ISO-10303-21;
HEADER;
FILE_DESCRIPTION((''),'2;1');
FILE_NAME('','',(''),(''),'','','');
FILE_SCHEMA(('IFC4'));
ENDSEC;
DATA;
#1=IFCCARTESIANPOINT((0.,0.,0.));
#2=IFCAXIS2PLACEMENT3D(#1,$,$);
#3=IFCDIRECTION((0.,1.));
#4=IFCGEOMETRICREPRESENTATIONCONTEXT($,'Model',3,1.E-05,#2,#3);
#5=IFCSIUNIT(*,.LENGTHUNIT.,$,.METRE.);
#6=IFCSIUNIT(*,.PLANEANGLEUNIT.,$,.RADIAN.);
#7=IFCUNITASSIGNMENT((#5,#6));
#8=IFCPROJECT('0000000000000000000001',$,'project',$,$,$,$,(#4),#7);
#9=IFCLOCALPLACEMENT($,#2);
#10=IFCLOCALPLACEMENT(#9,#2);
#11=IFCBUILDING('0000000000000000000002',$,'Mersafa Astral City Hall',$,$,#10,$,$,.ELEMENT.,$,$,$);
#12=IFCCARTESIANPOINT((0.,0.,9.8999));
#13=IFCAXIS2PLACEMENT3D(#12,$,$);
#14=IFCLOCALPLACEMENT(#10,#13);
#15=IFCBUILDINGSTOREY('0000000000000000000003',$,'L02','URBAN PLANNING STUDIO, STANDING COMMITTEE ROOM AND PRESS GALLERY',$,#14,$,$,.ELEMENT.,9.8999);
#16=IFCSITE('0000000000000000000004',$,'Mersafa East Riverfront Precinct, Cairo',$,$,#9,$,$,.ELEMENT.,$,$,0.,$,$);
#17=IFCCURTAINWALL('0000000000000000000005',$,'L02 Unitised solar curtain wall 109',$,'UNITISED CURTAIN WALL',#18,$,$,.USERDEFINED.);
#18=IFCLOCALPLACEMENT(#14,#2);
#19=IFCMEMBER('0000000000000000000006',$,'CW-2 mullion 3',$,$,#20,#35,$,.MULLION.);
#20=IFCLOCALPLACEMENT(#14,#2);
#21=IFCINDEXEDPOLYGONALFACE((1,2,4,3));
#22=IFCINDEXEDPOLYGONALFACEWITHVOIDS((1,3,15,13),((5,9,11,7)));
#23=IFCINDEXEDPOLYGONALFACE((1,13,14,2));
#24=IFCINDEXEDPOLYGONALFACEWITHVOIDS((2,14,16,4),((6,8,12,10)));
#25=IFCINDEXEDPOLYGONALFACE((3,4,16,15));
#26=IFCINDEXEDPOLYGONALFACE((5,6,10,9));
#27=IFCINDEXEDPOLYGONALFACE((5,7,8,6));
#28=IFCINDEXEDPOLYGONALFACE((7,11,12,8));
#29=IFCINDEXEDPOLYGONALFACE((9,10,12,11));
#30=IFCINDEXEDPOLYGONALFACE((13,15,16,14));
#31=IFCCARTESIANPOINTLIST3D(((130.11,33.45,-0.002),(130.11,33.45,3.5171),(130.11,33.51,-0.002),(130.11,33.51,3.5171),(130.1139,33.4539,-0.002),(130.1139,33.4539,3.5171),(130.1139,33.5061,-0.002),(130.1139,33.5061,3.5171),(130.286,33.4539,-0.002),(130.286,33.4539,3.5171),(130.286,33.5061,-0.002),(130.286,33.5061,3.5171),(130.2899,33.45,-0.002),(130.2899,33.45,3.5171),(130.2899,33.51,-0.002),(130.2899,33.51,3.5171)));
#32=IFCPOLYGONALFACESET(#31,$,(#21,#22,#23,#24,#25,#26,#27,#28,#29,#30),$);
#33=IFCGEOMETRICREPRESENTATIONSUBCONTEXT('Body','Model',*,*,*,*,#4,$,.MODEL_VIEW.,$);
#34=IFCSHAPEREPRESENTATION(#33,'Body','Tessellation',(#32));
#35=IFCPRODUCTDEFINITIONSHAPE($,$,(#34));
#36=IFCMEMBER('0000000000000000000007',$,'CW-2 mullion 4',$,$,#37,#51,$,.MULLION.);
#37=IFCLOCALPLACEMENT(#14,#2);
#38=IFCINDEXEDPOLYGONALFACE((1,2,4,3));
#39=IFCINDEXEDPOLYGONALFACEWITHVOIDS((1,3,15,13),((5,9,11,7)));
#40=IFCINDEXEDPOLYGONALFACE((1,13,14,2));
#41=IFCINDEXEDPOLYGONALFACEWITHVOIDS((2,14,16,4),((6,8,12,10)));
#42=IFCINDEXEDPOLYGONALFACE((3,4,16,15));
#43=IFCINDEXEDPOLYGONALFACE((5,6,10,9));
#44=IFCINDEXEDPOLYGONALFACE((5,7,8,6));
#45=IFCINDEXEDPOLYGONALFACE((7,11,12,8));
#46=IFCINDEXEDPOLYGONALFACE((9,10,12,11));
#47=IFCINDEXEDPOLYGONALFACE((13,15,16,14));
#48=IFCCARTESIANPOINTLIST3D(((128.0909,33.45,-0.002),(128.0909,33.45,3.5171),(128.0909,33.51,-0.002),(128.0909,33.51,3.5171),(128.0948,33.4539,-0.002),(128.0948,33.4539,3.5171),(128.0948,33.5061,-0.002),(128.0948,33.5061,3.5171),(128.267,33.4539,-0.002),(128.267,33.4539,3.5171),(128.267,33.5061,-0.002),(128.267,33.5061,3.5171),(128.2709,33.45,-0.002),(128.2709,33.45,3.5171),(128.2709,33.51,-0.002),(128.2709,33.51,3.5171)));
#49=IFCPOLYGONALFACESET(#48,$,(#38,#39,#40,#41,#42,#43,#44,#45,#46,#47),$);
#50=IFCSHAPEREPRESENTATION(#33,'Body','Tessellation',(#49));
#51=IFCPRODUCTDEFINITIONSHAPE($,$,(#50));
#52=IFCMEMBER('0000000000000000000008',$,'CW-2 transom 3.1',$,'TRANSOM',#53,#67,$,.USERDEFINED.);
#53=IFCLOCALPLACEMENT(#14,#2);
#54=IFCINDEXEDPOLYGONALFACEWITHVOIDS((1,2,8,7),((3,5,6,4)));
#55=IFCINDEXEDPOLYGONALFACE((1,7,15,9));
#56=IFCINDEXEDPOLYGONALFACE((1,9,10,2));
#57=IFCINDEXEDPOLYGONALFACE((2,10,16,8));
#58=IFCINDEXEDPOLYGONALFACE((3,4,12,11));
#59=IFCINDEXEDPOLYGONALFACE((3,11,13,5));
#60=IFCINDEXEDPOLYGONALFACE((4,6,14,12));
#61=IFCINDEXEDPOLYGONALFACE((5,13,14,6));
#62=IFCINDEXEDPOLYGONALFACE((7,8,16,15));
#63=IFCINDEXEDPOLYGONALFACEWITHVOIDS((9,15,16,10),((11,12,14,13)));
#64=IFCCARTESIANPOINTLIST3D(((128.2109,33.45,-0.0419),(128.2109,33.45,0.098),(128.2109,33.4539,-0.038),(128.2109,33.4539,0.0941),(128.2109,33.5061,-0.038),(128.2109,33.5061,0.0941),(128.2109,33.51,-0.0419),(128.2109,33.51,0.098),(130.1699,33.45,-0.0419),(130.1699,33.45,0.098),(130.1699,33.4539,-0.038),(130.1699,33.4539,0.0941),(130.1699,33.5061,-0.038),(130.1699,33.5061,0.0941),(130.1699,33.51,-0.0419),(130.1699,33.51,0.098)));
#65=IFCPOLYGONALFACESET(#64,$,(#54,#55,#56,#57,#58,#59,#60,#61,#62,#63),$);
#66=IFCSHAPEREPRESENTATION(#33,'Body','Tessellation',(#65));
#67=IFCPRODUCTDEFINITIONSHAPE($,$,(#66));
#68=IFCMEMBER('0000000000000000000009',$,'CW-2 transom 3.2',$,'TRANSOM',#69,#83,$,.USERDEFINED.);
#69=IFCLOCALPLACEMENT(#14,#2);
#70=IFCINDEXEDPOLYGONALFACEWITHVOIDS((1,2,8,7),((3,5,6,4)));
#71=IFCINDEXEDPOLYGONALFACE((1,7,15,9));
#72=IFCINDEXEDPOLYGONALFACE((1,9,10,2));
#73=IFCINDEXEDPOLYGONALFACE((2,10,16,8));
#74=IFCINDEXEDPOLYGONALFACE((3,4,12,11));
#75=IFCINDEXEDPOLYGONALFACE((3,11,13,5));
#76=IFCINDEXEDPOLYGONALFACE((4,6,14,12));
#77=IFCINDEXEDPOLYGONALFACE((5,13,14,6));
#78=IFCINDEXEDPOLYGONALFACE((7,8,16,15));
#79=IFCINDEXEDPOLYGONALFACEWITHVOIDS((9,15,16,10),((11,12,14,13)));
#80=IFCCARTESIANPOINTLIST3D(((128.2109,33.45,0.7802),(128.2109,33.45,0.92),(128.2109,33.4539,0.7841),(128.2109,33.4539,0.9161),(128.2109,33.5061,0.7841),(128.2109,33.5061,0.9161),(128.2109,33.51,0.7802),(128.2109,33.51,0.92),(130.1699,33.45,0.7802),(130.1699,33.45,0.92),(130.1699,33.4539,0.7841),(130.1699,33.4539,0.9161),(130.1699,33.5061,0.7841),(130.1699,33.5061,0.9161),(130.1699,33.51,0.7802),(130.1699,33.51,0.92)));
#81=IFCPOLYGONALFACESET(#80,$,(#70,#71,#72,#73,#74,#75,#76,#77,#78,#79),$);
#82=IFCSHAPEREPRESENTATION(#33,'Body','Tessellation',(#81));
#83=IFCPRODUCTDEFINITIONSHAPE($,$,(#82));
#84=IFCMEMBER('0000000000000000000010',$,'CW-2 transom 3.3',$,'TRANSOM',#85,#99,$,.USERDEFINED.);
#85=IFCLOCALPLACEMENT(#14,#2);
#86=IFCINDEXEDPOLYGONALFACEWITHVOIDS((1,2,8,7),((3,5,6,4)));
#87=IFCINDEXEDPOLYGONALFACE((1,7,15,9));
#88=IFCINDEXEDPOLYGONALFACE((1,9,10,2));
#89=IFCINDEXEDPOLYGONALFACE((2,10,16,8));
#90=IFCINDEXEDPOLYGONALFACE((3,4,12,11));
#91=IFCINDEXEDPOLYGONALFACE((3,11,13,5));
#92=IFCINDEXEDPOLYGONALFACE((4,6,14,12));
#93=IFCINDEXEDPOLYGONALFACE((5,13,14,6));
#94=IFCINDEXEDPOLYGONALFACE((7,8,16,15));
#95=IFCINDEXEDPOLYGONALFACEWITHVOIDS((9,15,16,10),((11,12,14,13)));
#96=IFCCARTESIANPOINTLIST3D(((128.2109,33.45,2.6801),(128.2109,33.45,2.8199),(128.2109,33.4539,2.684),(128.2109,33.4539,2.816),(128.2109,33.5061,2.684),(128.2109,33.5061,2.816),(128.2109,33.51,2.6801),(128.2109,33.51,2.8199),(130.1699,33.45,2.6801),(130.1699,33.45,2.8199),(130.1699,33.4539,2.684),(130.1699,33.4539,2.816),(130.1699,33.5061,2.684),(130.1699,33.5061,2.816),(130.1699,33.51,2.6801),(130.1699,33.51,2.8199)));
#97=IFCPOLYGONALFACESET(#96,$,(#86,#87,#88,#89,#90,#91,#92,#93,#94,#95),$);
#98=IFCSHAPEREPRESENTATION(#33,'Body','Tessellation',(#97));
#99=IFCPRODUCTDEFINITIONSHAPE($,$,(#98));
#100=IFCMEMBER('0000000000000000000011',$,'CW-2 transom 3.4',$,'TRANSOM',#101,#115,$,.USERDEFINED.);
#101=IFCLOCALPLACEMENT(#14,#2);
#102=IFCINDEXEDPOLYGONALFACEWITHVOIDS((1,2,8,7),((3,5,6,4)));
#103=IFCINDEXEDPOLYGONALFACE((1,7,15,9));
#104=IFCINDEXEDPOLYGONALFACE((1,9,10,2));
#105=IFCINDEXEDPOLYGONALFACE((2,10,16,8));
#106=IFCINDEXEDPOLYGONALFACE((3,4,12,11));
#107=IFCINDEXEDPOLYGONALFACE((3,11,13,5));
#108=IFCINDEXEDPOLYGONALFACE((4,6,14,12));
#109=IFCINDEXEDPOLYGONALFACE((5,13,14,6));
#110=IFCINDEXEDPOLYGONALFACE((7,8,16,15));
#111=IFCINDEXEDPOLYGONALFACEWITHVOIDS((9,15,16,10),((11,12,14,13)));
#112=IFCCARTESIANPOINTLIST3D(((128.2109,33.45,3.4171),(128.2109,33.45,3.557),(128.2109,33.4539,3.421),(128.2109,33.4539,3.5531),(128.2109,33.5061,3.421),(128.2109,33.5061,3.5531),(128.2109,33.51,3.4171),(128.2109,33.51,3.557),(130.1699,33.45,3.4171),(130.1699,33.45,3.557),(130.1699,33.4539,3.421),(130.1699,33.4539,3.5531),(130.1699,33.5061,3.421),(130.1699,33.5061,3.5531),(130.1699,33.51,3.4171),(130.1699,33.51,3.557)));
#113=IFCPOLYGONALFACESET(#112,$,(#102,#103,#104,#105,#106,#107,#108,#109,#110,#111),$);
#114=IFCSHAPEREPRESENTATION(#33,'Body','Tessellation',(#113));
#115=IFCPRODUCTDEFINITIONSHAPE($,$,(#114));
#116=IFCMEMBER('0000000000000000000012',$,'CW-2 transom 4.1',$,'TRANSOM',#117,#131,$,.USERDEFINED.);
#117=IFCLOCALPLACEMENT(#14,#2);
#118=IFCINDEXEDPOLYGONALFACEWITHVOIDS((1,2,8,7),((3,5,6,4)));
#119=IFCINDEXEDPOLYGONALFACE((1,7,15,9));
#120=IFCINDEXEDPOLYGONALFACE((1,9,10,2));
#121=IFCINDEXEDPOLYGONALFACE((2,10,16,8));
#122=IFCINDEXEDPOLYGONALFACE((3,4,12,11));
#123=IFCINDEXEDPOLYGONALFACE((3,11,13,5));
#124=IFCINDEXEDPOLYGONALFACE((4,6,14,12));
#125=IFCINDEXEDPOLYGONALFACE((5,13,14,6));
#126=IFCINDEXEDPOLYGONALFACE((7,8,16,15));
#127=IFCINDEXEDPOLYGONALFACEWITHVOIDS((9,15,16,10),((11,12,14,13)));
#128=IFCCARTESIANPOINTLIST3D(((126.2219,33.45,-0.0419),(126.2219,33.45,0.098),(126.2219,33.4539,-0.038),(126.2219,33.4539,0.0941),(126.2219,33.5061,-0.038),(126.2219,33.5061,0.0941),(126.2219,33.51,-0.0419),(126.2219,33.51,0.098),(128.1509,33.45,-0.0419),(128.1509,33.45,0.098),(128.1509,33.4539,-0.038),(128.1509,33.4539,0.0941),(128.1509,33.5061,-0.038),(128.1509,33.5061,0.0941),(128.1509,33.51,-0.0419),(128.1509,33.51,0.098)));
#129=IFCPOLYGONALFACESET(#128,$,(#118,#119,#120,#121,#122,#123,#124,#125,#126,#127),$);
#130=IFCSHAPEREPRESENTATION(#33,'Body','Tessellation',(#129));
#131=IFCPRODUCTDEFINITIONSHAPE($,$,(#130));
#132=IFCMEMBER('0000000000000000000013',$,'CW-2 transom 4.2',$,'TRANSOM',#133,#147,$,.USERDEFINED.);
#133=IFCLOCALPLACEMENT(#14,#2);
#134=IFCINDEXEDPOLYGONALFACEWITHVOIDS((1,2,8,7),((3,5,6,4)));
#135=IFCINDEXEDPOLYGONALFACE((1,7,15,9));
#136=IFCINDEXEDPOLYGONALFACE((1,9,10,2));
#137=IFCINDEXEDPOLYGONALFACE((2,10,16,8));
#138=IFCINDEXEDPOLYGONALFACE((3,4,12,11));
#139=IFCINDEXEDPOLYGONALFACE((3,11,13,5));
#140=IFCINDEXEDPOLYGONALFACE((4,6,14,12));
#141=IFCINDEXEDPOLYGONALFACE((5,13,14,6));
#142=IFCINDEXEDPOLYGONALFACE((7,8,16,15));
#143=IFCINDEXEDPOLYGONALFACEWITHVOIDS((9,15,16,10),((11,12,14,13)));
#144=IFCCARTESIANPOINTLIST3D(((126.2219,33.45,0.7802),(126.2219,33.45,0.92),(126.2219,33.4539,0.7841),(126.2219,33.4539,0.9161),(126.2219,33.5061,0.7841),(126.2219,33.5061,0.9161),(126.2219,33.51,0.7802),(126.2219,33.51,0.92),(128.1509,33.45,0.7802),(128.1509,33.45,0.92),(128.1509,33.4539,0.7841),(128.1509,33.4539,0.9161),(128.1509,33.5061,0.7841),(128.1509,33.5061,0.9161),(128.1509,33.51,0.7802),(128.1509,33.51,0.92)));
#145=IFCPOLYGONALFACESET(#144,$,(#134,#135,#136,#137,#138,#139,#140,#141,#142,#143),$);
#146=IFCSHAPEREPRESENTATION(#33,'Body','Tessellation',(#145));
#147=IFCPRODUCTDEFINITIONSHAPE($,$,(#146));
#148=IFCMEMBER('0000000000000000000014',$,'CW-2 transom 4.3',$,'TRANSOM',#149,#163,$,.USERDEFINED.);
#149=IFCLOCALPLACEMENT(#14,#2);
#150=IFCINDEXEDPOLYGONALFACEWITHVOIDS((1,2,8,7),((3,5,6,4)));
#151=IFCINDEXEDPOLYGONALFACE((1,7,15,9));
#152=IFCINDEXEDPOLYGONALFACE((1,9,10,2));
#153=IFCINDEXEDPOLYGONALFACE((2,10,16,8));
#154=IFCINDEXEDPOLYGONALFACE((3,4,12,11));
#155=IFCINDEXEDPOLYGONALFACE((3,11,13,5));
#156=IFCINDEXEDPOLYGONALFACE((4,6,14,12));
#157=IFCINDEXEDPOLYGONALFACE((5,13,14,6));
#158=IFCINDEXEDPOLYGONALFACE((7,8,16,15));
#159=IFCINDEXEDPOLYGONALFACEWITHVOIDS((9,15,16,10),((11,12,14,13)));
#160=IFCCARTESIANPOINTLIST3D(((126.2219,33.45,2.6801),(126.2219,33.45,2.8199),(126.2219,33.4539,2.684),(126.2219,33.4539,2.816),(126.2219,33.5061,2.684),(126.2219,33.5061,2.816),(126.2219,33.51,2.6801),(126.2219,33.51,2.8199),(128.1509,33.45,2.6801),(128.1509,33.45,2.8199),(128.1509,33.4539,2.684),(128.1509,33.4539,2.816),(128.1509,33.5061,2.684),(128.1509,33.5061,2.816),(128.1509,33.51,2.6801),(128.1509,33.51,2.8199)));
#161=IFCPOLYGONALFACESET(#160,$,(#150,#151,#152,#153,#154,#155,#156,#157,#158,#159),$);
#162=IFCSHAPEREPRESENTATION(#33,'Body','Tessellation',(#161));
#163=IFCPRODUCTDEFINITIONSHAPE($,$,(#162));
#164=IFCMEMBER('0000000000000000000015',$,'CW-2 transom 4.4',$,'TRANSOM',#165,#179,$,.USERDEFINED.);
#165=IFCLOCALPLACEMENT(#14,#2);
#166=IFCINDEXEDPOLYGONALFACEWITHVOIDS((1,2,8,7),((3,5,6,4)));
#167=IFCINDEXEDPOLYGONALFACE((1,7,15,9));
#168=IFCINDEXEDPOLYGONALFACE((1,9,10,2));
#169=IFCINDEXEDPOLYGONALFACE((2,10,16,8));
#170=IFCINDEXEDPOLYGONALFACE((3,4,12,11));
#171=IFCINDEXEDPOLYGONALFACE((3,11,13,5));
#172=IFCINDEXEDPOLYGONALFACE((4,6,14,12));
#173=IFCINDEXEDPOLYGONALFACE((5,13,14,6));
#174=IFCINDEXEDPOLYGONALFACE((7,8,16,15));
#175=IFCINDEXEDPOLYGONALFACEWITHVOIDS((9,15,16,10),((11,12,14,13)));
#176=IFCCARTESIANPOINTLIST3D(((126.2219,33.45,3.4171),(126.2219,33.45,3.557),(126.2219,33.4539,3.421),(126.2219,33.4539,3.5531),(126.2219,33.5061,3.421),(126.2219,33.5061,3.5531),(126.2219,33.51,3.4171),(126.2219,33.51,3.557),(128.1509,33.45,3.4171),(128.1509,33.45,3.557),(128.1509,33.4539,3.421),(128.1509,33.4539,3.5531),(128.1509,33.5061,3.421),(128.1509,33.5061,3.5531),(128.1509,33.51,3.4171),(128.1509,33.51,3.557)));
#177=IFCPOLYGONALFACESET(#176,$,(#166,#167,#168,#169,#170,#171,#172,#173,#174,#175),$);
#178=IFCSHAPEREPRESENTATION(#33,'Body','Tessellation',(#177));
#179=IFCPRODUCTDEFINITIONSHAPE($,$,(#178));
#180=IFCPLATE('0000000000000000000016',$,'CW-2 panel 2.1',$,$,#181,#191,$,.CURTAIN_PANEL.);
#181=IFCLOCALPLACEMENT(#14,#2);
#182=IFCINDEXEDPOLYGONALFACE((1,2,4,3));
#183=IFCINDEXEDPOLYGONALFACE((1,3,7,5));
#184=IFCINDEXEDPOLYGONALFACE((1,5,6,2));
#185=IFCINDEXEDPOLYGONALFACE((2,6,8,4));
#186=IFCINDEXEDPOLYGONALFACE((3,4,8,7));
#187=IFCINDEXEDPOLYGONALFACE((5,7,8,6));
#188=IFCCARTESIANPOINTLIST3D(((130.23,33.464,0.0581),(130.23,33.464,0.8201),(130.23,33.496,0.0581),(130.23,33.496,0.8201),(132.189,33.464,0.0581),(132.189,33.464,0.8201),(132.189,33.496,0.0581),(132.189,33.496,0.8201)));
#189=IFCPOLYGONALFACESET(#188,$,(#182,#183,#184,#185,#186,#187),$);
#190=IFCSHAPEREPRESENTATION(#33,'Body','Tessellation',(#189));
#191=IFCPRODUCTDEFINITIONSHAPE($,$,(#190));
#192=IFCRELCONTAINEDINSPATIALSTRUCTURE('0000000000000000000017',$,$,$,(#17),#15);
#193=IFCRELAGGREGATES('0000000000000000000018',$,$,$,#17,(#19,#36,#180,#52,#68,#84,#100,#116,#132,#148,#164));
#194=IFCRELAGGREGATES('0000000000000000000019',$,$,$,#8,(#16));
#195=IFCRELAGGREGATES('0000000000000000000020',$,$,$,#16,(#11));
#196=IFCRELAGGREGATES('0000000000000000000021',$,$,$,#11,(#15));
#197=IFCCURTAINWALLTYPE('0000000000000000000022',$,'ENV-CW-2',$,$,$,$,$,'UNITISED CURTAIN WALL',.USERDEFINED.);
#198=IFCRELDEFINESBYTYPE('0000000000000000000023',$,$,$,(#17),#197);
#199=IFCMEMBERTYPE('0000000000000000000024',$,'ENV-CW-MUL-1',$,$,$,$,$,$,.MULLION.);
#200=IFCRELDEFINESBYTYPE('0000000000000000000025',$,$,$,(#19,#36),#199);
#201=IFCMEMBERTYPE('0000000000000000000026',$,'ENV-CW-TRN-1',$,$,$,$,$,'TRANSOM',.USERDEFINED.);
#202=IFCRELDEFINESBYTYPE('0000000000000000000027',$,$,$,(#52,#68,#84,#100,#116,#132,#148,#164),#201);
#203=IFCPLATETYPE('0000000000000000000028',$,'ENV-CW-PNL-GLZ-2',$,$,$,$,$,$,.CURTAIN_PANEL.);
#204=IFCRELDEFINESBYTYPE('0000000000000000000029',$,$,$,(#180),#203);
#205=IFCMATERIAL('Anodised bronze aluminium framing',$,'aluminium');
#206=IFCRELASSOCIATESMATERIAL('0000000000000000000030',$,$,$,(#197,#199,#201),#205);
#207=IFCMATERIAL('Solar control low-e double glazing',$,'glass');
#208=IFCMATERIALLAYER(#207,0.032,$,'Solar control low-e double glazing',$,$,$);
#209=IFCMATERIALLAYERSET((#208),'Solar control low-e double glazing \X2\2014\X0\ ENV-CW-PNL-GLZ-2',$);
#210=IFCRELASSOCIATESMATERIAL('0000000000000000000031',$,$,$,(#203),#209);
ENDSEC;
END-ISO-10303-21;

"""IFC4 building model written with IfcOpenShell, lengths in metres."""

from ifc_helpers import new_model, si_unit, direction, frame, origin, origin_2d, place, context, subcontext, project, spatial, rectangle, hollow_rectangle, extrude, material, layer, layer_set, material_profile, profile_set, type_object, element, aggregate, save


model = new_model("IFC4")

# Units and contexts
model_context = context("Model", 3, precision=1e-05, world=origin(), true_north=direction((0.0, 1.0)))
body_context = subcontext(model_context, "Body", "Model", "MODEL_VIEW")
ifc_project = project(units=[si_unit("LENGTHUNIT", "METRE"), si_unit("PLANEANGLEUNIT", "RADIAN")], contexts=[model_context])

# Site, building, storey
site_placement = place(None, origin())
site = spatial("IfcSite", under=ifc_project, at=site_placement, Name="Mersafa East Riverfront Precinct, Cairo", CompositionType="ELEMENT", RefElevation=0.0)
building_placement = place(site_placement, origin())
building = spatial("IfcBuilding", under=site, at=building_placement, Name="Mersafa Astral City Hall", CompositionType="ELEMENT")
storey_placement = place(building_placement, frame((0.0, 0.0, 9.8999)))
storey = spatial("IfcBuildingStorey", under=building, at=storey_placement, Name="L02", Description="URBAN PLANNING STUDIO, STANDING COMMITTEE ROOM AND PRESS GALLERY", CompositionType="ELEMENT", Elevation=9.8999)

# Curtain wall, members, plate
ifc_material_1 = material(Name="Anodised bronze aluminium framing", Category="aluminium")
curtain_wall_type = type_object("IfcCurtainWallType", Name="ENV-CW-2", ElementType="UNITISED CURTAIN WALL", PredefinedType="USERDEFINED", material=ifc_material_1)
curtain_wall_placement = place(storey_placement, origin())
curtain_wall = element("IfcCurtainWall", 1, at=curtain_wall_placement, inside=storey, type_object=curtain_wall_type, Name="L02 Unitised solar curtain wall 109", ObjectType="UNITISED CURTAIN WALL", PredefinedType="USERDEFINED")
ifc_material_profile_1 = material_profile(ifc_material_1, hollow_rectangle(XDim=0.0601, YDim=0.1799, WallThickness=0.0039, at=origin_2d()), Name="RHS 60x180x4")
ifc_profile_set_1 = profile_set([ifc_material_profile_1], Name="Anodised bronze aluminium framing")
member_type_1 = type_object("IfcMemberType", Name="ENV-CW-MUL-1", PredefinedType="MULLION", material=ifc_profile_set_1)
member_1_placement = place(storey_placement, frame((130.2, 33.48, -0.002), z_axis=(0.0, 0.0, 1.0), x_axis=(0.0, -1.0, 0.0)))
member_1 = element("IfcMember", 2, at=member_1_placement, type_object=member_type_1, Name="CW-2 mullion 3", PredefinedType="MULLION", context=body_context, shape_type="SweptSolid", body=[
    extrude(hollow_rectangle(XDim=0.0601, YDim=0.1799, WallThickness=0.0039, at=origin_2d()), origin(), (0.0, 0.0, 1.0), 3.519),
])
member_2_placement = place(storey_placement, frame((128.1809, 33.48, -0.002), z_axis=(0.0, 0.0, 1.0), x_axis=(0.0, -1.0, 0.0)))
member_2 = element("IfcMember", 3, at=member_2_placement, type_object=member_type_1, Name="CW-2 mullion 4", PredefinedType="MULLION", context=body_context, shape_type="SweptSolid", body=[
    extrude(hollow_rectangle(XDim=0.0601, YDim=0.1799, WallThickness=0.0039, at=origin_2d()), origin(), (0.0, 0.0, 1.0), 3.519),
])
ifc_material_profile_2 = material_profile(ifc_material_1, hollow_rectangle(XDim=0.0601, YDim=0.1399, WallThickness=0.0039, at=origin_2d()), Name="RHS 60x140x4")
ifc_profile_set_2 = profile_set([ifc_material_profile_2], Name="Anodised bronze aluminium framing")
member_type_2 = type_object("IfcMemberType", Name="ENV-CW-TRN-1", ElementType="TRANSOM", PredefinedType="USERDEFINED", material=ifc_profile_set_2)
member_3_placement = place(storey_placement, frame((130.1699, 33.48, 0.0281), z_axis=(-1.0, 0.0, 0.0), x_axis=(0.0, -1.0, 0.0)))
member_3 = element("IfcMember", 4, at=member_3_placement, type_object=member_type_2, Name="CW-2 transom 3.1", ObjectType="TRANSOM", PredefinedType="USERDEFINED", context=body_context, shape_type="SweptSolid", body=[
    extrude(hollow_rectangle(XDim=0.0601, YDim=0.1399, WallThickness=0.0039, at=origin_2d()), origin(), (0.0, 0.0, 1.0), 1.959),
])
member_4_placement = place(storey_placement, frame((130.1699, 33.48, 0.8501), z_axis=(-1.0, 0.0, 0.0), x_axis=(0.0, -1.0, 0.0)))
member_4 = element("IfcMember", 5, at=member_4_placement, type_object=member_type_2, Name="CW-2 transom 3.2", ObjectType="TRANSOM", PredefinedType="USERDEFINED", context=body_context, shape_type="SweptSolid", body=[
    extrude(hollow_rectangle(XDim=0.0601, YDim=0.1399, WallThickness=0.0039, at=origin_2d()), origin(), (0.0, 0.0, 1.0), 1.959),
])
member_5_placement = place(storey_placement, frame((130.1699, 33.48, 2.75), z_axis=(-1.0, 0.0, 0.0), x_axis=(0.0, -1.0, 0.0)))
member_5 = element("IfcMember", 6, at=member_5_placement, type_object=member_type_2, Name="CW-2 transom 3.3", ObjectType="TRANSOM", PredefinedType="USERDEFINED", context=body_context, shape_type="SweptSolid", body=[
    extrude(hollow_rectangle(XDim=0.0601, YDim=0.1399, WallThickness=0.0039, at=origin_2d()), origin(), (0.0, 0.0, 1.0), 1.959),
])
member_6_placement = place(storey_placement, frame((130.1699, 33.48, 3.4871), z_axis=(-1.0, 0.0, 0.0), x_axis=(0.0, -1.0, 0.0)))
member_6 = element("IfcMember", 7, at=member_6_placement, type_object=member_type_2, Name="CW-2 transom 3.4", ObjectType="TRANSOM", PredefinedType="USERDEFINED", context=body_context, shape_type="SweptSolid", body=[
    extrude(hollow_rectangle(XDim=0.0601, YDim=0.1399, WallThickness=0.0039, at=origin_2d()), origin(), (0.0, 0.0, 1.0), 1.959),
])
member_7_placement = place(storey_placement, frame((128.1509, 33.48, 0.0281), z_axis=(-1.0, 0.0, 0.0), x_axis=(0.0, -1.0, 0.0)))
member_7 = element("IfcMember", 8, at=member_7_placement, type_object=member_type_2, Name="CW-2 transom 4.1", ObjectType="TRANSOM", PredefinedType="USERDEFINED", context=body_context, shape_type="SweptSolid", body=[
    extrude(hollow_rectangle(XDim=0.0601, YDim=0.1399, WallThickness=0.0039, at=origin_2d()), origin(), (0.0, 0.0, 1.0), 1.929),
])
member_8_placement = place(storey_placement, frame((128.1509, 33.48, 0.8501), z_axis=(-1.0, 0.0, 0.0), x_axis=(0.0, -1.0, 0.0)))
member_8 = element("IfcMember", 9, at=member_8_placement, type_object=member_type_2, Name="CW-2 transom 4.2", ObjectType="TRANSOM", PredefinedType="USERDEFINED", context=body_context, shape_type="SweptSolid", body=[
    extrude(hollow_rectangle(XDim=0.0601, YDim=0.1399, WallThickness=0.0039, at=origin_2d()), origin(), (0.0, 0.0, 1.0), 1.929),
])
member_9_placement = place(storey_placement, frame((128.1509, 33.48, 2.75), z_axis=(-1.0, 0.0, 0.0), x_axis=(0.0, -1.0, 0.0)))
member_9 = element("IfcMember", 10, at=member_9_placement, type_object=member_type_2, Name="CW-2 transom 4.3", ObjectType="TRANSOM", PredefinedType="USERDEFINED", context=body_context, shape_type="SweptSolid", body=[
    extrude(hollow_rectangle(XDim=0.0601, YDim=0.1399, WallThickness=0.0039, at=origin_2d()), origin(), (0.0, 0.0, 1.0), 1.929),
])
member_10_placement = place(storey_placement, frame((128.1509, 33.48, 3.4871), z_axis=(-1.0, 0.0, 0.0), x_axis=(0.0, -1.0, 0.0)))
member_10 = element("IfcMember", 11, at=member_10_placement, type_object=member_type_2, Name="CW-2 transom 4.4", ObjectType="TRANSOM", PredefinedType="USERDEFINED", context=body_context, shape_type="SweptSolid", body=[
    extrude(hollow_rectangle(XDim=0.0601, YDim=0.1399, WallThickness=0.0039, at=origin_2d()), origin(), (0.0, 0.0, 1.0), 1.929),
])
ifc_material_2 = material(Name="Solar control low-e double glazing", Category="glass")
ifc_layer = layer(ifc_material_2, 0.032, Name="Solar control low-e double glazing")
ifc_layer_set = layer_set([ifc_layer], Name="Solar control low-e double glazing — ENV-CW-PNL-GLZ-2")
plate_type = type_object("IfcPlateType", Name="ENV-CW-PNL-GLZ-2", PredefinedType="CURTAIN_PANEL", material=ifc_layer_set)
plate_1_placement = place(storey_placement, frame((131.2095, 33.48, 0.0581), z_axis=(0.0, 0.0, 1.0), x_axis=(-1.0, 0.0, 0.0)))
plate_1 = element("IfcPlate", 12, at=plate_1_placement, type_object=plate_type, Name="CW-2 panel 2.1", PredefinedType="CURTAIN_PANEL", context=body_context, shape_type="SweptSolid", body=[
    extrude(rectangle(XDim=1.959, YDim=0.032, at=origin_2d()), origin(), (0.0, 0.0, 1.0), 0.762),
])
aggregate(curtain_wall, [member_1, member_2, plate_1, member_3, member_4, member_5, member_6, member_7, member_8, member_9, member_10])

save(model, "model.ifc")
